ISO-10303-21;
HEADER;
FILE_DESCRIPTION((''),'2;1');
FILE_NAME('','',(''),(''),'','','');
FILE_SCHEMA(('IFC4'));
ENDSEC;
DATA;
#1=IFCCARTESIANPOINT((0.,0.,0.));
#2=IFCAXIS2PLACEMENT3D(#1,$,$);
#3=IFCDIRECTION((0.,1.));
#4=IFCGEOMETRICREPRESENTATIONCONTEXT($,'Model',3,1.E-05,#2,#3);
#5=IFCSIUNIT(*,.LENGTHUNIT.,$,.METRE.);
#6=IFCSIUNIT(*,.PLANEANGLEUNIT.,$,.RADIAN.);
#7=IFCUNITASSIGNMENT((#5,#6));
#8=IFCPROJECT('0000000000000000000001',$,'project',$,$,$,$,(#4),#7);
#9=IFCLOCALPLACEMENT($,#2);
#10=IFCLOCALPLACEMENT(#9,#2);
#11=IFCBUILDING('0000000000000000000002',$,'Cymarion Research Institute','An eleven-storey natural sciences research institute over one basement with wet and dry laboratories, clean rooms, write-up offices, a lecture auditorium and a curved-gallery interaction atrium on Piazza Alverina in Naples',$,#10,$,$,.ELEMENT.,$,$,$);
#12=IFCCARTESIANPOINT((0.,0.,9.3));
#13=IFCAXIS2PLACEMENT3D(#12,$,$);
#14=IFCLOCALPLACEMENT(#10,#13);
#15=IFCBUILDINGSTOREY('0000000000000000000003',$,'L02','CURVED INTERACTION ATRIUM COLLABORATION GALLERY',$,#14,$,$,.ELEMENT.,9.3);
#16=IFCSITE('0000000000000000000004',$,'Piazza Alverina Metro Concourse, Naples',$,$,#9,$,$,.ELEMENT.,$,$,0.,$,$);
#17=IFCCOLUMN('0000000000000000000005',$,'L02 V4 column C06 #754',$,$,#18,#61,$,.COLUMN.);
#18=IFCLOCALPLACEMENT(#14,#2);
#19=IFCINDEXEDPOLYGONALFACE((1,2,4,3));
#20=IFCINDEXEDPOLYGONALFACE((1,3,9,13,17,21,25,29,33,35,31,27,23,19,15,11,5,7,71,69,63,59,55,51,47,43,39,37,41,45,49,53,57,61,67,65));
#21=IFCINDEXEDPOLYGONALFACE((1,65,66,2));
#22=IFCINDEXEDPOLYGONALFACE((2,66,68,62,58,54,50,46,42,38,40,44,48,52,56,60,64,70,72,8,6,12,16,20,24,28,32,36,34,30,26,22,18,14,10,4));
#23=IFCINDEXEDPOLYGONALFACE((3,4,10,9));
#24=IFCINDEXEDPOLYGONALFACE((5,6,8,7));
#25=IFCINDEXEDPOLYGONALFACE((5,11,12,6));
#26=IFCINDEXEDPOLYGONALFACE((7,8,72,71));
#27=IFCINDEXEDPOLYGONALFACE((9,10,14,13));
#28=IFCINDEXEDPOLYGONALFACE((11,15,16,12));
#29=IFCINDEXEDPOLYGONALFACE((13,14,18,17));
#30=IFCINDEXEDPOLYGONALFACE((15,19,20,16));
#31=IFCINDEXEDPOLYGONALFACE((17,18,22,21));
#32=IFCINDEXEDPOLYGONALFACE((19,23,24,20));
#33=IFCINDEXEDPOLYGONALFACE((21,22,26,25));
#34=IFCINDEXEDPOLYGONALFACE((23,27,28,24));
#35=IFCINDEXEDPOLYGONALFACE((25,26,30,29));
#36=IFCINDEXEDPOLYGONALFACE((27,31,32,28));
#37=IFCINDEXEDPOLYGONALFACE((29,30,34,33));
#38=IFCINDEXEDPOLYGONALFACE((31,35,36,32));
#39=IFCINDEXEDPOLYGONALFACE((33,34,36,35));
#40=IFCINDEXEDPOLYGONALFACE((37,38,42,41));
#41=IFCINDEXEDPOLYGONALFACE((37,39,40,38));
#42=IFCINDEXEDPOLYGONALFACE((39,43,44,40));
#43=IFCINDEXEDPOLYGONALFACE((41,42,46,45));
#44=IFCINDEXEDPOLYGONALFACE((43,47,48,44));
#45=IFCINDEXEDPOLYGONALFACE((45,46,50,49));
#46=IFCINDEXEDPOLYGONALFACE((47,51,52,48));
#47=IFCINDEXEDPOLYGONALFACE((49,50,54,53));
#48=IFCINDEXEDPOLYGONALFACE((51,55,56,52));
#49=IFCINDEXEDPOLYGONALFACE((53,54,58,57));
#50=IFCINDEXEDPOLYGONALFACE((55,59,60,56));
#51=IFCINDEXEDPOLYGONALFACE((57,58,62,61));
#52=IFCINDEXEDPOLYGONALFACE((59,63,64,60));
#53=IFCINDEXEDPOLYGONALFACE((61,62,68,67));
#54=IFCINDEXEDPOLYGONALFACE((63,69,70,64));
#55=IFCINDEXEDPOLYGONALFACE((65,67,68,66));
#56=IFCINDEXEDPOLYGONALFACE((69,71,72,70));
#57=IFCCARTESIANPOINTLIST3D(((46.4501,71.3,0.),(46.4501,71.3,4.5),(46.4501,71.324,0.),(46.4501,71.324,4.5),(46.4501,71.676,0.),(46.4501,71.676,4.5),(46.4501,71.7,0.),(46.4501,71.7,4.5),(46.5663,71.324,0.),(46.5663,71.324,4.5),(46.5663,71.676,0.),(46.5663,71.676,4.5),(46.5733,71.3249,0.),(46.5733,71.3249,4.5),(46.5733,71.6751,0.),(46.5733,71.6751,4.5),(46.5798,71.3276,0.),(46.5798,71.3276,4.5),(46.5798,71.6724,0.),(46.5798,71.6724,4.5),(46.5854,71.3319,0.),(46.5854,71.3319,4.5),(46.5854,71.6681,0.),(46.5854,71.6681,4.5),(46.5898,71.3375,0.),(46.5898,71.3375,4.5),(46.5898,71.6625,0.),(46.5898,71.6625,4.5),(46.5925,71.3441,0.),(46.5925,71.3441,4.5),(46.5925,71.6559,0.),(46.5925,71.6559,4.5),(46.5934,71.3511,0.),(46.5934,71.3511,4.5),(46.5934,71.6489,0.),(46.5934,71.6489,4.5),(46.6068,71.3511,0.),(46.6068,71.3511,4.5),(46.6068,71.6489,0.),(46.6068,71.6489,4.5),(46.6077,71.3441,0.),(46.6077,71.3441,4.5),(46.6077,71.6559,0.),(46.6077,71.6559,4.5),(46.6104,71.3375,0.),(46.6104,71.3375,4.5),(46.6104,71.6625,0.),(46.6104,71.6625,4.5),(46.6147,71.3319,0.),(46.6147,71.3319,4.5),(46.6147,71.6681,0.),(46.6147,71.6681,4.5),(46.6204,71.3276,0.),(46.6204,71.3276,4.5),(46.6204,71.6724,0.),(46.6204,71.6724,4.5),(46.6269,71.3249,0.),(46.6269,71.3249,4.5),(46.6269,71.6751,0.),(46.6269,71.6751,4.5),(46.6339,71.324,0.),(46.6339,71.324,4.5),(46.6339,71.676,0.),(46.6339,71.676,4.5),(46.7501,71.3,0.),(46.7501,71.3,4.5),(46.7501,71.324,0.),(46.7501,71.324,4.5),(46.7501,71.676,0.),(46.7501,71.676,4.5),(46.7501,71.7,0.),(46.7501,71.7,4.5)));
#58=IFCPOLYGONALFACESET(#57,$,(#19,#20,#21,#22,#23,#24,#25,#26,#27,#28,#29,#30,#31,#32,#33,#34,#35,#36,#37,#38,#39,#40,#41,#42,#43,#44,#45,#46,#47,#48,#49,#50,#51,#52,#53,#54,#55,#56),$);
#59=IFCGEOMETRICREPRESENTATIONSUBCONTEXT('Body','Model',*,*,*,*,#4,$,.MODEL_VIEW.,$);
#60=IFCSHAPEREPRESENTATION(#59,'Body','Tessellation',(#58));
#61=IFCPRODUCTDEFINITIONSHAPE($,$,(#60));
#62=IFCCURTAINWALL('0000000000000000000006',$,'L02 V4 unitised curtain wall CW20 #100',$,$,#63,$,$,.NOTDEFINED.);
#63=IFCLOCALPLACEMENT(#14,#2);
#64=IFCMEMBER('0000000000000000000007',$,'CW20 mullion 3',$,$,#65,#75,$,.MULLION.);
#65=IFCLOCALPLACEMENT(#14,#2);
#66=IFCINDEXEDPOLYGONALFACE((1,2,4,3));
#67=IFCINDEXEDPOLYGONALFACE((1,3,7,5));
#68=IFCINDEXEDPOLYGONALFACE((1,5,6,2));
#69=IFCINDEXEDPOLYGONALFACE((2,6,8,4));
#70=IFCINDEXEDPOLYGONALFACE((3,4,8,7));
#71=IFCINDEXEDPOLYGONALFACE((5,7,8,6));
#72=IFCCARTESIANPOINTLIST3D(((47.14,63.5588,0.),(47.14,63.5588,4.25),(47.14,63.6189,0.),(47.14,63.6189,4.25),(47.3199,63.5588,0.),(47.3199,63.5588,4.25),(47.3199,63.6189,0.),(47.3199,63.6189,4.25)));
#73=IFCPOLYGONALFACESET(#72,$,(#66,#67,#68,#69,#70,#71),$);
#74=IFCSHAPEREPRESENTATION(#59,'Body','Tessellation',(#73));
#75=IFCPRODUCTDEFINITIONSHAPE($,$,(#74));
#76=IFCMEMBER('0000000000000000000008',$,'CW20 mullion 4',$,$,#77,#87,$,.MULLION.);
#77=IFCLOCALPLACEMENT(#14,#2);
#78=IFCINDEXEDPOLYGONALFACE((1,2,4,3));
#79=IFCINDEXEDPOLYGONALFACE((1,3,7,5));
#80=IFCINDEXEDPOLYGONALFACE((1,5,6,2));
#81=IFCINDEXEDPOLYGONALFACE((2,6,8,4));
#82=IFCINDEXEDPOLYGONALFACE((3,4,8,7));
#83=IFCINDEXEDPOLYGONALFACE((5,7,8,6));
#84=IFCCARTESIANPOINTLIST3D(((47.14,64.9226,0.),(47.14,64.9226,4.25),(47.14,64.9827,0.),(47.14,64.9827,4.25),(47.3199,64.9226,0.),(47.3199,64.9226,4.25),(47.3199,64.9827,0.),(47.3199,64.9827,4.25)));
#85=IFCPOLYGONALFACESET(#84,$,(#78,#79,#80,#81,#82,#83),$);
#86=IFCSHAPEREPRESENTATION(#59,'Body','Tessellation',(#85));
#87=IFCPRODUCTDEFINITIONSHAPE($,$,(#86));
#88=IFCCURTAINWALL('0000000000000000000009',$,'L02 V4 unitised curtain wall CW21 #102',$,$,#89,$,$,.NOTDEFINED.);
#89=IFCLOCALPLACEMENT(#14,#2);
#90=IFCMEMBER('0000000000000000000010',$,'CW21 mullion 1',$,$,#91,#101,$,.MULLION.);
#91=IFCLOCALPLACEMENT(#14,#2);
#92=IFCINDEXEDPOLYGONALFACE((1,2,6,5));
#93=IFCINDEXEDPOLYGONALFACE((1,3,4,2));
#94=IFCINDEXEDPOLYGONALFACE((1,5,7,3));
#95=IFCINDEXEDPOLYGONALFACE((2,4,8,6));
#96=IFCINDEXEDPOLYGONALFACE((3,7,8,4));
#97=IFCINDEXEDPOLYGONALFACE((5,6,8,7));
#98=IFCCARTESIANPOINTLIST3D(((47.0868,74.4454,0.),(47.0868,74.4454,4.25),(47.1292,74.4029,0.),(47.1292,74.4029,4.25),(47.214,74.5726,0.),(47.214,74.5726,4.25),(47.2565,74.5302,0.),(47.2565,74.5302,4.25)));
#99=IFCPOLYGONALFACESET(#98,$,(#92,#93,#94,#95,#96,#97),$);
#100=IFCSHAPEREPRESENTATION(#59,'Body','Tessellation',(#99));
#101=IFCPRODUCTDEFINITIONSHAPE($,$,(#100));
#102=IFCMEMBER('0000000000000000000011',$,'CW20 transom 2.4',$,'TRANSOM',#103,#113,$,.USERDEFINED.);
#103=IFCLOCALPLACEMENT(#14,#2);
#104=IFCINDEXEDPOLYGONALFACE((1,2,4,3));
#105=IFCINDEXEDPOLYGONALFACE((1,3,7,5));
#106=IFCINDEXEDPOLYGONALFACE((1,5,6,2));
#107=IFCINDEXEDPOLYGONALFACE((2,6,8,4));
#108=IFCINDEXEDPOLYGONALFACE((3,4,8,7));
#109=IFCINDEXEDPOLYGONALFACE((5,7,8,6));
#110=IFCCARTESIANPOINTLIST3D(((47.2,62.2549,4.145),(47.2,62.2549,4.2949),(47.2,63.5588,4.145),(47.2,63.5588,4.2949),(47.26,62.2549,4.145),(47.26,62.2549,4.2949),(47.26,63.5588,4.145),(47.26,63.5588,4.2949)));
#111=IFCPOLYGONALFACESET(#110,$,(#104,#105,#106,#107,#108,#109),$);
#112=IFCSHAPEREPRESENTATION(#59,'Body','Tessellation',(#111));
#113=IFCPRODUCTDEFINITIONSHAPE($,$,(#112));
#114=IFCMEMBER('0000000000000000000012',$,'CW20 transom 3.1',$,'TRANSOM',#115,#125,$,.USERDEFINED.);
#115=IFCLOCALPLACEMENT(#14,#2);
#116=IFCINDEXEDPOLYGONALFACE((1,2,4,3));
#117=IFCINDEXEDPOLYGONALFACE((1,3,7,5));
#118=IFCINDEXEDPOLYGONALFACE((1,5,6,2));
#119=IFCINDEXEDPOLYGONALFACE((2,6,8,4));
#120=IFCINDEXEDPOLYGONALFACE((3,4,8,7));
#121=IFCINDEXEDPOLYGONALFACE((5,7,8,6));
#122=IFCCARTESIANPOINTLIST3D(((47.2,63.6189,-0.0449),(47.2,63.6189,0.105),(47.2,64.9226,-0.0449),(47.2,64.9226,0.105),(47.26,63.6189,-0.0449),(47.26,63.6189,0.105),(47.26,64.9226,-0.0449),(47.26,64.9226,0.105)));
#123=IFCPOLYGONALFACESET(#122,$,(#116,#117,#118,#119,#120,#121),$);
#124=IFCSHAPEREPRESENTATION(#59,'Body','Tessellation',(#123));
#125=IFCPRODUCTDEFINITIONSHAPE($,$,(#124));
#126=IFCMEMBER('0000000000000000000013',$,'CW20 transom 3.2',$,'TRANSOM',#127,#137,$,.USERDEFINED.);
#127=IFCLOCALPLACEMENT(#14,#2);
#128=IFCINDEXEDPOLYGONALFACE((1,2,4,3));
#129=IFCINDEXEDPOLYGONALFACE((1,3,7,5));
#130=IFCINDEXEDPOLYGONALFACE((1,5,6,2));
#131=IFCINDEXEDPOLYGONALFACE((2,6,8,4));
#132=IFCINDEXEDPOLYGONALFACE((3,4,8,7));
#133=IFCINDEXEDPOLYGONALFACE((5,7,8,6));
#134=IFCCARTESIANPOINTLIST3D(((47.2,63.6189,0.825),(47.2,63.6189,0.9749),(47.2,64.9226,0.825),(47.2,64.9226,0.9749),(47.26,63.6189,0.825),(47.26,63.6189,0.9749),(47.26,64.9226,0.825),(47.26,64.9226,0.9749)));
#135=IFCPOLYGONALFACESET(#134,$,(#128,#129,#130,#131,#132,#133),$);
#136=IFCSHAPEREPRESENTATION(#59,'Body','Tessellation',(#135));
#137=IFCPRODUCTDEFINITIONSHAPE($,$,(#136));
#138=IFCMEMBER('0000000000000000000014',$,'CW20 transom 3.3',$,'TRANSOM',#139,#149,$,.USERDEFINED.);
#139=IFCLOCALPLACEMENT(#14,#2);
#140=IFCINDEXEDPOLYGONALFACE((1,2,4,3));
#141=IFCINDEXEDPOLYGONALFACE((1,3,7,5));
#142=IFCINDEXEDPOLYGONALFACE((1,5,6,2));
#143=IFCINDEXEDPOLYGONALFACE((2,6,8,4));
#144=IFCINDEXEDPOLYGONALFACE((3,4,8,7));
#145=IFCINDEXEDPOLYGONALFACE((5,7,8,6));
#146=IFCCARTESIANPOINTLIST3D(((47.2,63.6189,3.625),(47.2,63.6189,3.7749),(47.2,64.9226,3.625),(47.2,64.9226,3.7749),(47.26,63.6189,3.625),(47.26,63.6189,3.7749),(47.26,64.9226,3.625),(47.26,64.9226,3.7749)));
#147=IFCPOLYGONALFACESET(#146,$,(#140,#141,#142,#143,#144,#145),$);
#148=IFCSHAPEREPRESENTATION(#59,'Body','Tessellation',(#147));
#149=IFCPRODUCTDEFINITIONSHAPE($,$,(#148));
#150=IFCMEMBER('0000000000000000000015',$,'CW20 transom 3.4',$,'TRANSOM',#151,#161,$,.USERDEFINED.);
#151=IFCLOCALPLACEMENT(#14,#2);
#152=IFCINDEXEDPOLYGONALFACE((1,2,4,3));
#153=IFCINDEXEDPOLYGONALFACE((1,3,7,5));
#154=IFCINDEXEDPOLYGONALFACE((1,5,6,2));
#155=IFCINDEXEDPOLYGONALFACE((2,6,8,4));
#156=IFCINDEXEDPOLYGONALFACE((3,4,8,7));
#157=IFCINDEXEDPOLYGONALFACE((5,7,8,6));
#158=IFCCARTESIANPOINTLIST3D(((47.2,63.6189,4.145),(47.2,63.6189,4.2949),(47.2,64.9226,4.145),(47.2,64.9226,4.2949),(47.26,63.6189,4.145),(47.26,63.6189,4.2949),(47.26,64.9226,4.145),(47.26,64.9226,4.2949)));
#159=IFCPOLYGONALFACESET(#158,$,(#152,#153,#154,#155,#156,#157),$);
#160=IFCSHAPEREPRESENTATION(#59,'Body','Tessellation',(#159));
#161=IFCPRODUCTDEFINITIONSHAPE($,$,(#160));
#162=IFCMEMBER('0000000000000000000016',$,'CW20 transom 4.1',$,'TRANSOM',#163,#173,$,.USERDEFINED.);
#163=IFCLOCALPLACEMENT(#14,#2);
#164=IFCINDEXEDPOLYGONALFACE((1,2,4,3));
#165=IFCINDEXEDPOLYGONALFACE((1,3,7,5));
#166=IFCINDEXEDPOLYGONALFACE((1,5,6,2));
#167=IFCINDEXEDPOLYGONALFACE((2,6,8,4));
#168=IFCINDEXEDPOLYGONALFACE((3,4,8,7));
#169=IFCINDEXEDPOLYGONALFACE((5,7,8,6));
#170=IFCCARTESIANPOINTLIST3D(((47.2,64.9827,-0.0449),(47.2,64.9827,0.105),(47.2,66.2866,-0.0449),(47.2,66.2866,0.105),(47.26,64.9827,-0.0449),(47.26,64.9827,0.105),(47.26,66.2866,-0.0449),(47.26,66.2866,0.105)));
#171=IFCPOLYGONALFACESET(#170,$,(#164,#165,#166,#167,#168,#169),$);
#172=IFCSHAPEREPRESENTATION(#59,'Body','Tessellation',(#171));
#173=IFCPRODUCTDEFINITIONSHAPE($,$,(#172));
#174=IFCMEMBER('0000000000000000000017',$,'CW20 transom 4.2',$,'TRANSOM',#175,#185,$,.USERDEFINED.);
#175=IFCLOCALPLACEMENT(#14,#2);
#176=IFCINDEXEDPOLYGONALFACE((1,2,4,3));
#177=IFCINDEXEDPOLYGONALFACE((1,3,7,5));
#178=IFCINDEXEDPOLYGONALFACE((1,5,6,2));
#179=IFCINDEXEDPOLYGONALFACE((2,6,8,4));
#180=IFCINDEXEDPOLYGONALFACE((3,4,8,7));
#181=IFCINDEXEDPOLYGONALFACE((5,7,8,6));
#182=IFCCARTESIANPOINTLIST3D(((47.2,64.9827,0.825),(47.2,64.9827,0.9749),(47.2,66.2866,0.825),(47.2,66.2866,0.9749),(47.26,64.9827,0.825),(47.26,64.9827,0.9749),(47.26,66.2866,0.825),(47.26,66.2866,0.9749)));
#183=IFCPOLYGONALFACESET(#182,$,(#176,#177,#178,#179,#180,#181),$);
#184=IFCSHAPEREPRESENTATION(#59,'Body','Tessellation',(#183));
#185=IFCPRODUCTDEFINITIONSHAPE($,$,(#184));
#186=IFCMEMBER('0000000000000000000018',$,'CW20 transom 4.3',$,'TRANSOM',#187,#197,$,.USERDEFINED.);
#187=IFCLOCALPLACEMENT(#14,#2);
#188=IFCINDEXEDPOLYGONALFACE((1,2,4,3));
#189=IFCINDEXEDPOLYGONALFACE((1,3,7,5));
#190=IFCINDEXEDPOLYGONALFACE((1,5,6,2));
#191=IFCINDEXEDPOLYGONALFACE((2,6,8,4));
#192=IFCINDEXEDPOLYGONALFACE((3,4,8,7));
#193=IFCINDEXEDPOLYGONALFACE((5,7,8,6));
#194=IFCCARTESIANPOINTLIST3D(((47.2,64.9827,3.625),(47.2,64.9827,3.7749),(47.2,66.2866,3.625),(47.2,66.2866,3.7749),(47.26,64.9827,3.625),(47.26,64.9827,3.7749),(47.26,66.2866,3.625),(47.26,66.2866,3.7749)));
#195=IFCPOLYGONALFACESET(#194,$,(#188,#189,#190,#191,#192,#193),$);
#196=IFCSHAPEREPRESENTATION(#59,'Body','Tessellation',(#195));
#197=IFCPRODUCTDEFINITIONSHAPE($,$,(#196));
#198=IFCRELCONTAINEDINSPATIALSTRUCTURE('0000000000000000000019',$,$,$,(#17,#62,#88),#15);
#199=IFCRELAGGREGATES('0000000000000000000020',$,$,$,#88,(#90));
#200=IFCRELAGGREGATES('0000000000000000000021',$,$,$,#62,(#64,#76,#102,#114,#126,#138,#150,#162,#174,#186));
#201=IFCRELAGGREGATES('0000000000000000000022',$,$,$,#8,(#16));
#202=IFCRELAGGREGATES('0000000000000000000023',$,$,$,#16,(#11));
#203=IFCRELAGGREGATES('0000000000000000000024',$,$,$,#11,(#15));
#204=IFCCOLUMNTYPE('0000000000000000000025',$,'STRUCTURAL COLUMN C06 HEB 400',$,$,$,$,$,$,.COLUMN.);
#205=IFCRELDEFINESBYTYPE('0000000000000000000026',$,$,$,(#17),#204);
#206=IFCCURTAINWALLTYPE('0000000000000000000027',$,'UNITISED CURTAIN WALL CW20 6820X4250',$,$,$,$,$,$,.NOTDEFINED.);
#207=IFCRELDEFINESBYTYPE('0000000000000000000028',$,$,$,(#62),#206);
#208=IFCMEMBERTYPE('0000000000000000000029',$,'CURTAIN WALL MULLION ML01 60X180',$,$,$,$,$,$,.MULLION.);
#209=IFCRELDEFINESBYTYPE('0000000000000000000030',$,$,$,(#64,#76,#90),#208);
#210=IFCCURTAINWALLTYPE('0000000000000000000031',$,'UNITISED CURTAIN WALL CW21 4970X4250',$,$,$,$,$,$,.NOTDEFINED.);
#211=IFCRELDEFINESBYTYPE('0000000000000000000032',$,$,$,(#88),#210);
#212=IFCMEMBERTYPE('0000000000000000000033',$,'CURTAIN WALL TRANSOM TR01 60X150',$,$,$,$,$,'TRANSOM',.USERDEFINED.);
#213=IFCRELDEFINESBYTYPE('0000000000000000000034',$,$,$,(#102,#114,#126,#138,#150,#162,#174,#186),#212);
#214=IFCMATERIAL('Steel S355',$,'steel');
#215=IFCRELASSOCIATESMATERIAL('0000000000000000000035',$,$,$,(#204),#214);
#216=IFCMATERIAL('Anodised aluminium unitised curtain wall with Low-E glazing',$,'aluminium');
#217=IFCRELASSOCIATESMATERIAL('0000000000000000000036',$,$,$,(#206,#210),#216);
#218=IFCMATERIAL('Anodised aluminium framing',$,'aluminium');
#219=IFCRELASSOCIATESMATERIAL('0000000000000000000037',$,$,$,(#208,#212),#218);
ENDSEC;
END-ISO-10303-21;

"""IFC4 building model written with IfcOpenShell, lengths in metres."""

from ifc_helpers import new_model, si_unit, direction, frame, origin, origin_2d, place, context, subcontext, project, spatial, rectangle, i_section, extrude, material, material_profile, profile_set, type_object, element, aggregate, save


model = new_model("IFC4")

# Units and contexts
model_context = context("Model", 3, precision=1e-05, world=origin(), true_north=direction((0.0, 1.0)))
body_context = subcontext(model_context, "Body", "Model", "MODEL_VIEW")
ifc_project = project(units=[si_unit("LENGTHUNIT", "METRE"), si_unit("PLANEANGLEUNIT", "RADIAN")], contexts=[model_context])

# Site, building, storey
site_placement = place(None, origin())
site = spatial("IfcSite", under=ifc_project, at=site_placement, Name="Piazza Alverina Metro Concourse, Naples", CompositionType="ELEMENT", RefElevation=0.0)
building_placement = place(site_placement, origin())
building = spatial("IfcBuilding", under=site, at=building_placement, Name="Cymarion Research Institute", Description="An eleven-storey natural sciences research institute over one basement with wet and dry laboratories, clean rooms, write-up offices, a lecture auditorium and a curved-gallery interaction atrium on Piazza Alverina in Naples", CompositionType="ELEMENT")
storey_placement = place(building_placement, frame((0.0, 0.0, 9.3)))
storey = spatial("IfcBuildingStorey", under=building, at=storey_placement, Name="L02", Description="CURVED INTERACTION ATRIUM COLLABORATION GALLERY", CompositionType="ELEMENT", Elevation=9.3)

# Column
ifc_material_1 = material(Name="Steel S355", Category="steel")
ifc_material_profile_1 = material_profile(ifc_material_1, i_section(OverallWidth=0.3, OverallDepth=0.3999, WebThickness=0.0134, FlangeThickness=0.0239, FilletRadius=0.0271, at=origin_2d()), Name="HEB 400")
ifc_profile_set_1 = profile_set([ifc_material_profile_1], Name="Steel S355")
column_type = type_object("IfcColumnType", Name="STRUCTURAL COLUMN C06 HEB 400", PredefinedType="COLUMN", material=ifc_profile_set_1)
column_placement = place(storey_placement, frame((46.6001, 71.5, 0.0), z_axis=(0.0, 0.0, 1.0), x_axis=(1.0, 0.0, 0.0)))
element("IfcColumn", 1, at=column_placement, inside=storey, type_object=column_type, Name="L02 V4 column C06 #754", PredefinedType="COLUMN", context=body_context, shape_type="SweptSolid", body=[
    extrude(i_section(OverallWidth=0.3, OverallDepth=0.3999, WebThickness=0.0134, FlangeThickness=0.0239, FilletRadius=0.0271, at=origin_2d()), origin(), (0.0, 0.0, 1.0), 4.5),
])

# Curtain wall, members
ifc_material_2 = material(Name="Anodised aluminium unitised curtain wall with Low-E glazing", Category="aluminium")
curtain_wall_type_1 = type_object("IfcCurtainWallType", Name="UNITISED CURTAIN WALL CW20 6820X4250", PredefinedType="NOTDEFINED", material=ifc_material_2)
curtain_wall_1_placement = place(storey_placement, origin())
curtain_wall_1 = element("IfcCurtainWall", 2, at=curtain_wall_1_placement, inside=storey, type_object=curtain_wall_type_1, Name="L02 V4 unitised curtain wall CW20 #100", PredefinedType="NOTDEFINED")
ifc_material_3 = material(Name="Anodised aluminium framing", Category="aluminium")
ifc_material_profile_2 = material_profile(ifc_material_3, rectangle(XDim=0.0601, YDim=0.1799, at=origin_2d()), Name="ALU MULLION 60x180")
ifc_profile_set_2 = profile_set([ifc_material_profile_2], Name="Anodised aluminium framing")
member_type_1 = type_object("IfcMemberType", Name="CURTAIN WALL MULLION ML01 60X180", PredefinedType="MULLION", material=ifc_profile_set_2)
member_1_placement = place(storey_placement, frame((47.23, 63.5889, 0.0), z_axis=(0.0, 0.0, 1.0), x_axis=(0.0, 1.0, 0.0)))
member_1 = element("IfcMember", 3, at=member_1_placement, type_object=member_type_1, Name="CW20 mullion 3", PredefinedType="MULLION", context=body_context, shape_type="SweptSolid", body=[
    extrude(rectangle(XDim=0.0601, YDim=0.1799, at=origin_2d()), origin(), (0.0, 0.0, 1.0), 4.25),
])
member_2_placement = place(storey_placement, frame((47.23, 64.9526, 0.0), z_axis=(0.0, 0.0, 1.0), x_axis=(0.0, 1.0, 0.0)))
member_2 = element("IfcMember", 4, at=member_2_placement, type_object=member_type_1, Name="CW20 mullion 4", PredefinedType="MULLION", context=body_context, shape_type="SweptSolid", body=[
    extrude(rectangle(XDim=0.0601, YDim=0.1799, at=origin_2d()), origin(), (0.0, 0.0, 1.0), 4.25),
])

# Curtain wall, member
curtain_wall_type_2 = type_object("IfcCurtainWallType", Name="UNITISED CURTAIN WALL CW21 4970X4250", PredefinedType="NOTDEFINED", material=ifc_material_2)
curtain_wall_2_placement = place(storey_placement, origin())
curtain_wall_2 = element("IfcCurtainWall", 5, at=curtain_wall_2_placement, inside=storey, type_object=curtain_wall_type_2, Name="L02 V4 unitised curtain wall CW21 #102", PredefinedType="NOTDEFINED")
member_3_placement = place(storey_placement, frame((47.1716, 74.4878, 0.0), z_axis=(0.0, 0.0, 1.0), x_axis=(-0.707097, 0.707117, 0.0)))
member_3 = element("IfcMember", 6, at=member_3_placement, type_object=member_type_1, Name="CW21 mullion 1", PredefinedType="MULLION", context=body_context, shape_type="SweptSolid", body=[
    extrude(rectangle(XDim=0.0601, YDim=0.1799, at=origin_2d()), origin(), (0.0, 0.0, 1.0), 4.25),
])

# Members
ifc_material_profile_3 = material_profile(ifc_material_3, rectangle(XDim=0.0601, YDim=0.1499, at=origin_2d()), Name="ALU TRANSOM 60x150")
ifc_profile_set_3 = profile_set([ifc_material_profile_3], Name="Anodised aluminium framing")
member_type_2 = type_object("IfcMemberType", Name="CURTAIN WALL TRANSOM TR01 60X150", ElementType="TRANSOM", PredefinedType="USERDEFINED", material=ifc_profile_set_3)
member_4_placement = place(storey_placement, frame((47.23, 62.2549, 4.22), z_axis=(0.0, 1.0, 0.0), x_axis=(-1.0, 0.0, 0.0)))
member_4 = element("IfcMember", 7, at=member_4_placement, type_object=member_type_2, Name="CW20 transom 2.4", ObjectType="TRANSOM", PredefinedType="USERDEFINED", context=body_context, shape_type="SweptSolid", body=[
    extrude(rectangle(XDim=0.0601, YDim=0.1499, at=origin_2d()), origin(), (0.0, 0.0, 1.0), 1.304),
])
member_5_placement = place(storey_placement, frame((47.23, 63.6189, 0.03), z_axis=(0.0, 1.0, 0.0), x_axis=(-1.0, 0.0, 0.0)))
member_5 = element("IfcMember", 8, at=member_5_placement, type_object=member_type_2, Name="CW20 transom 3.1", ObjectType="TRANSOM", PredefinedType="USERDEFINED", context=body_context, shape_type="SweptSolid", body=[
    extrude(rectangle(XDim=0.0601, YDim=0.1499, at=origin_2d()), origin(), (0.0, 0.0, 1.0), 1.3037),
])
member_6_placement = place(storey_placement, frame((47.23, 63.6189, 0.8999), z_axis=(0.0, 1.0, 0.0), x_axis=(-1.0, 0.0, 0.0)))
member_6 = element("IfcMember", 9, at=member_6_placement, type_object=member_type_2, Name="CW20 transom 3.2", ObjectType="TRANSOM", PredefinedType="USERDEFINED", context=body_context, shape_type="SweptSolid", body=[
    extrude(rectangle(XDim=0.0601, YDim=0.1499, at=origin_2d()), origin(), (0.0, 0.0, 1.0), 1.3037),
])
member_7_placement = place(storey_placement, frame((47.23, 63.6189, 3.7), z_axis=(0.0, 1.0, 0.0), x_axis=(-1.0, 0.0, 0.0)))
member_7 = element("IfcMember", 10, at=member_7_placement, type_object=member_type_2, Name="CW20 transom 3.3", ObjectType="TRANSOM", PredefinedType="USERDEFINED", context=body_context, shape_type="SweptSolid", body=[
    extrude(rectangle(XDim=0.0601, YDim=0.1499, at=origin_2d()), origin(), (0.0, 0.0, 1.0), 1.3037),
])
member_8_placement = place(storey_placement, frame((47.23, 63.6189, 4.22), z_axis=(0.0, 1.0, 0.0), x_axis=(-1.0, 0.0, 0.0)))
member_8 = element("IfcMember", 11, at=member_8_placement, type_object=member_type_2, Name="CW20 transom 3.4", ObjectType="TRANSOM", PredefinedType="USERDEFINED", context=body_context, shape_type="SweptSolid", body=[
    extrude(rectangle(XDim=0.0601, YDim=0.1499, at=origin_2d()), origin(), (0.0, 0.0, 1.0), 1.3037),
])
member_9_placement = place(storey_placement, frame((47.23, 64.9827, 0.03), z_axis=(0.0, 1.0, 0.0), x_axis=(-1.0, 0.0, 0.0)))
member_9 = element("IfcMember", 12, at=member_9_placement, type_object=member_type_2, Name="CW20 transom 4.1", ObjectType="TRANSOM", PredefinedType="USERDEFINED", context=body_context, shape_type="SweptSolid", body=[
    extrude(rectangle(XDim=0.0601, YDim=0.1499, at=origin_2d()), origin(), (0.0, 0.0, 1.0), 1.304),
])
member_10_placement = place(storey_placement, frame((47.23, 64.9827, 0.8999), z_axis=(0.0, 1.0, 0.0), x_axis=(-1.0, 0.0, 0.0)))
member_10 = element("IfcMember", 13, at=member_10_placement, type_object=member_type_2, Name="CW20 transom 4.2", ObjectType="TRANSOM", PredefinedType="USERDEFINED", context=body_context, shape_type="SweptSolid", body=[
    extrude(rectangle(XDim=0.0601, YDim=0.1499, at=origin_2d()), origin(), (0.0, 0.0, 1.0), 1.304),
])
member_11_placement = place(storey_placement, frame((47.23, 64.9827, 3.7), z_axis=(0.0, 1.0, 0.0), x_axis=(-1.0, 0.0, 0.0)))
member_11 = element("IfcMember", 14, at=member_11_placement, type_object=member_type_2, Name="CW20 transom 4.3", ObjectType="TRANSOM", PredefinedType="USERDEFINED", context=body_context, shape_type="SweptSolid", body=[
    extrude(rectangle(XDim=0.0601, YDim=0.1499, at=origin_2d()), origin(), (0.0, 0.0, 1.0), 1.304),
])
aggregate(curtain_wall_2, [member_3])

aggregate(curtain_wall_1, [member_1, member_2, member_4, member_5, member_6, member_7, member_8, member_9, member_10, member_11])

save(model, "model.ifc")
